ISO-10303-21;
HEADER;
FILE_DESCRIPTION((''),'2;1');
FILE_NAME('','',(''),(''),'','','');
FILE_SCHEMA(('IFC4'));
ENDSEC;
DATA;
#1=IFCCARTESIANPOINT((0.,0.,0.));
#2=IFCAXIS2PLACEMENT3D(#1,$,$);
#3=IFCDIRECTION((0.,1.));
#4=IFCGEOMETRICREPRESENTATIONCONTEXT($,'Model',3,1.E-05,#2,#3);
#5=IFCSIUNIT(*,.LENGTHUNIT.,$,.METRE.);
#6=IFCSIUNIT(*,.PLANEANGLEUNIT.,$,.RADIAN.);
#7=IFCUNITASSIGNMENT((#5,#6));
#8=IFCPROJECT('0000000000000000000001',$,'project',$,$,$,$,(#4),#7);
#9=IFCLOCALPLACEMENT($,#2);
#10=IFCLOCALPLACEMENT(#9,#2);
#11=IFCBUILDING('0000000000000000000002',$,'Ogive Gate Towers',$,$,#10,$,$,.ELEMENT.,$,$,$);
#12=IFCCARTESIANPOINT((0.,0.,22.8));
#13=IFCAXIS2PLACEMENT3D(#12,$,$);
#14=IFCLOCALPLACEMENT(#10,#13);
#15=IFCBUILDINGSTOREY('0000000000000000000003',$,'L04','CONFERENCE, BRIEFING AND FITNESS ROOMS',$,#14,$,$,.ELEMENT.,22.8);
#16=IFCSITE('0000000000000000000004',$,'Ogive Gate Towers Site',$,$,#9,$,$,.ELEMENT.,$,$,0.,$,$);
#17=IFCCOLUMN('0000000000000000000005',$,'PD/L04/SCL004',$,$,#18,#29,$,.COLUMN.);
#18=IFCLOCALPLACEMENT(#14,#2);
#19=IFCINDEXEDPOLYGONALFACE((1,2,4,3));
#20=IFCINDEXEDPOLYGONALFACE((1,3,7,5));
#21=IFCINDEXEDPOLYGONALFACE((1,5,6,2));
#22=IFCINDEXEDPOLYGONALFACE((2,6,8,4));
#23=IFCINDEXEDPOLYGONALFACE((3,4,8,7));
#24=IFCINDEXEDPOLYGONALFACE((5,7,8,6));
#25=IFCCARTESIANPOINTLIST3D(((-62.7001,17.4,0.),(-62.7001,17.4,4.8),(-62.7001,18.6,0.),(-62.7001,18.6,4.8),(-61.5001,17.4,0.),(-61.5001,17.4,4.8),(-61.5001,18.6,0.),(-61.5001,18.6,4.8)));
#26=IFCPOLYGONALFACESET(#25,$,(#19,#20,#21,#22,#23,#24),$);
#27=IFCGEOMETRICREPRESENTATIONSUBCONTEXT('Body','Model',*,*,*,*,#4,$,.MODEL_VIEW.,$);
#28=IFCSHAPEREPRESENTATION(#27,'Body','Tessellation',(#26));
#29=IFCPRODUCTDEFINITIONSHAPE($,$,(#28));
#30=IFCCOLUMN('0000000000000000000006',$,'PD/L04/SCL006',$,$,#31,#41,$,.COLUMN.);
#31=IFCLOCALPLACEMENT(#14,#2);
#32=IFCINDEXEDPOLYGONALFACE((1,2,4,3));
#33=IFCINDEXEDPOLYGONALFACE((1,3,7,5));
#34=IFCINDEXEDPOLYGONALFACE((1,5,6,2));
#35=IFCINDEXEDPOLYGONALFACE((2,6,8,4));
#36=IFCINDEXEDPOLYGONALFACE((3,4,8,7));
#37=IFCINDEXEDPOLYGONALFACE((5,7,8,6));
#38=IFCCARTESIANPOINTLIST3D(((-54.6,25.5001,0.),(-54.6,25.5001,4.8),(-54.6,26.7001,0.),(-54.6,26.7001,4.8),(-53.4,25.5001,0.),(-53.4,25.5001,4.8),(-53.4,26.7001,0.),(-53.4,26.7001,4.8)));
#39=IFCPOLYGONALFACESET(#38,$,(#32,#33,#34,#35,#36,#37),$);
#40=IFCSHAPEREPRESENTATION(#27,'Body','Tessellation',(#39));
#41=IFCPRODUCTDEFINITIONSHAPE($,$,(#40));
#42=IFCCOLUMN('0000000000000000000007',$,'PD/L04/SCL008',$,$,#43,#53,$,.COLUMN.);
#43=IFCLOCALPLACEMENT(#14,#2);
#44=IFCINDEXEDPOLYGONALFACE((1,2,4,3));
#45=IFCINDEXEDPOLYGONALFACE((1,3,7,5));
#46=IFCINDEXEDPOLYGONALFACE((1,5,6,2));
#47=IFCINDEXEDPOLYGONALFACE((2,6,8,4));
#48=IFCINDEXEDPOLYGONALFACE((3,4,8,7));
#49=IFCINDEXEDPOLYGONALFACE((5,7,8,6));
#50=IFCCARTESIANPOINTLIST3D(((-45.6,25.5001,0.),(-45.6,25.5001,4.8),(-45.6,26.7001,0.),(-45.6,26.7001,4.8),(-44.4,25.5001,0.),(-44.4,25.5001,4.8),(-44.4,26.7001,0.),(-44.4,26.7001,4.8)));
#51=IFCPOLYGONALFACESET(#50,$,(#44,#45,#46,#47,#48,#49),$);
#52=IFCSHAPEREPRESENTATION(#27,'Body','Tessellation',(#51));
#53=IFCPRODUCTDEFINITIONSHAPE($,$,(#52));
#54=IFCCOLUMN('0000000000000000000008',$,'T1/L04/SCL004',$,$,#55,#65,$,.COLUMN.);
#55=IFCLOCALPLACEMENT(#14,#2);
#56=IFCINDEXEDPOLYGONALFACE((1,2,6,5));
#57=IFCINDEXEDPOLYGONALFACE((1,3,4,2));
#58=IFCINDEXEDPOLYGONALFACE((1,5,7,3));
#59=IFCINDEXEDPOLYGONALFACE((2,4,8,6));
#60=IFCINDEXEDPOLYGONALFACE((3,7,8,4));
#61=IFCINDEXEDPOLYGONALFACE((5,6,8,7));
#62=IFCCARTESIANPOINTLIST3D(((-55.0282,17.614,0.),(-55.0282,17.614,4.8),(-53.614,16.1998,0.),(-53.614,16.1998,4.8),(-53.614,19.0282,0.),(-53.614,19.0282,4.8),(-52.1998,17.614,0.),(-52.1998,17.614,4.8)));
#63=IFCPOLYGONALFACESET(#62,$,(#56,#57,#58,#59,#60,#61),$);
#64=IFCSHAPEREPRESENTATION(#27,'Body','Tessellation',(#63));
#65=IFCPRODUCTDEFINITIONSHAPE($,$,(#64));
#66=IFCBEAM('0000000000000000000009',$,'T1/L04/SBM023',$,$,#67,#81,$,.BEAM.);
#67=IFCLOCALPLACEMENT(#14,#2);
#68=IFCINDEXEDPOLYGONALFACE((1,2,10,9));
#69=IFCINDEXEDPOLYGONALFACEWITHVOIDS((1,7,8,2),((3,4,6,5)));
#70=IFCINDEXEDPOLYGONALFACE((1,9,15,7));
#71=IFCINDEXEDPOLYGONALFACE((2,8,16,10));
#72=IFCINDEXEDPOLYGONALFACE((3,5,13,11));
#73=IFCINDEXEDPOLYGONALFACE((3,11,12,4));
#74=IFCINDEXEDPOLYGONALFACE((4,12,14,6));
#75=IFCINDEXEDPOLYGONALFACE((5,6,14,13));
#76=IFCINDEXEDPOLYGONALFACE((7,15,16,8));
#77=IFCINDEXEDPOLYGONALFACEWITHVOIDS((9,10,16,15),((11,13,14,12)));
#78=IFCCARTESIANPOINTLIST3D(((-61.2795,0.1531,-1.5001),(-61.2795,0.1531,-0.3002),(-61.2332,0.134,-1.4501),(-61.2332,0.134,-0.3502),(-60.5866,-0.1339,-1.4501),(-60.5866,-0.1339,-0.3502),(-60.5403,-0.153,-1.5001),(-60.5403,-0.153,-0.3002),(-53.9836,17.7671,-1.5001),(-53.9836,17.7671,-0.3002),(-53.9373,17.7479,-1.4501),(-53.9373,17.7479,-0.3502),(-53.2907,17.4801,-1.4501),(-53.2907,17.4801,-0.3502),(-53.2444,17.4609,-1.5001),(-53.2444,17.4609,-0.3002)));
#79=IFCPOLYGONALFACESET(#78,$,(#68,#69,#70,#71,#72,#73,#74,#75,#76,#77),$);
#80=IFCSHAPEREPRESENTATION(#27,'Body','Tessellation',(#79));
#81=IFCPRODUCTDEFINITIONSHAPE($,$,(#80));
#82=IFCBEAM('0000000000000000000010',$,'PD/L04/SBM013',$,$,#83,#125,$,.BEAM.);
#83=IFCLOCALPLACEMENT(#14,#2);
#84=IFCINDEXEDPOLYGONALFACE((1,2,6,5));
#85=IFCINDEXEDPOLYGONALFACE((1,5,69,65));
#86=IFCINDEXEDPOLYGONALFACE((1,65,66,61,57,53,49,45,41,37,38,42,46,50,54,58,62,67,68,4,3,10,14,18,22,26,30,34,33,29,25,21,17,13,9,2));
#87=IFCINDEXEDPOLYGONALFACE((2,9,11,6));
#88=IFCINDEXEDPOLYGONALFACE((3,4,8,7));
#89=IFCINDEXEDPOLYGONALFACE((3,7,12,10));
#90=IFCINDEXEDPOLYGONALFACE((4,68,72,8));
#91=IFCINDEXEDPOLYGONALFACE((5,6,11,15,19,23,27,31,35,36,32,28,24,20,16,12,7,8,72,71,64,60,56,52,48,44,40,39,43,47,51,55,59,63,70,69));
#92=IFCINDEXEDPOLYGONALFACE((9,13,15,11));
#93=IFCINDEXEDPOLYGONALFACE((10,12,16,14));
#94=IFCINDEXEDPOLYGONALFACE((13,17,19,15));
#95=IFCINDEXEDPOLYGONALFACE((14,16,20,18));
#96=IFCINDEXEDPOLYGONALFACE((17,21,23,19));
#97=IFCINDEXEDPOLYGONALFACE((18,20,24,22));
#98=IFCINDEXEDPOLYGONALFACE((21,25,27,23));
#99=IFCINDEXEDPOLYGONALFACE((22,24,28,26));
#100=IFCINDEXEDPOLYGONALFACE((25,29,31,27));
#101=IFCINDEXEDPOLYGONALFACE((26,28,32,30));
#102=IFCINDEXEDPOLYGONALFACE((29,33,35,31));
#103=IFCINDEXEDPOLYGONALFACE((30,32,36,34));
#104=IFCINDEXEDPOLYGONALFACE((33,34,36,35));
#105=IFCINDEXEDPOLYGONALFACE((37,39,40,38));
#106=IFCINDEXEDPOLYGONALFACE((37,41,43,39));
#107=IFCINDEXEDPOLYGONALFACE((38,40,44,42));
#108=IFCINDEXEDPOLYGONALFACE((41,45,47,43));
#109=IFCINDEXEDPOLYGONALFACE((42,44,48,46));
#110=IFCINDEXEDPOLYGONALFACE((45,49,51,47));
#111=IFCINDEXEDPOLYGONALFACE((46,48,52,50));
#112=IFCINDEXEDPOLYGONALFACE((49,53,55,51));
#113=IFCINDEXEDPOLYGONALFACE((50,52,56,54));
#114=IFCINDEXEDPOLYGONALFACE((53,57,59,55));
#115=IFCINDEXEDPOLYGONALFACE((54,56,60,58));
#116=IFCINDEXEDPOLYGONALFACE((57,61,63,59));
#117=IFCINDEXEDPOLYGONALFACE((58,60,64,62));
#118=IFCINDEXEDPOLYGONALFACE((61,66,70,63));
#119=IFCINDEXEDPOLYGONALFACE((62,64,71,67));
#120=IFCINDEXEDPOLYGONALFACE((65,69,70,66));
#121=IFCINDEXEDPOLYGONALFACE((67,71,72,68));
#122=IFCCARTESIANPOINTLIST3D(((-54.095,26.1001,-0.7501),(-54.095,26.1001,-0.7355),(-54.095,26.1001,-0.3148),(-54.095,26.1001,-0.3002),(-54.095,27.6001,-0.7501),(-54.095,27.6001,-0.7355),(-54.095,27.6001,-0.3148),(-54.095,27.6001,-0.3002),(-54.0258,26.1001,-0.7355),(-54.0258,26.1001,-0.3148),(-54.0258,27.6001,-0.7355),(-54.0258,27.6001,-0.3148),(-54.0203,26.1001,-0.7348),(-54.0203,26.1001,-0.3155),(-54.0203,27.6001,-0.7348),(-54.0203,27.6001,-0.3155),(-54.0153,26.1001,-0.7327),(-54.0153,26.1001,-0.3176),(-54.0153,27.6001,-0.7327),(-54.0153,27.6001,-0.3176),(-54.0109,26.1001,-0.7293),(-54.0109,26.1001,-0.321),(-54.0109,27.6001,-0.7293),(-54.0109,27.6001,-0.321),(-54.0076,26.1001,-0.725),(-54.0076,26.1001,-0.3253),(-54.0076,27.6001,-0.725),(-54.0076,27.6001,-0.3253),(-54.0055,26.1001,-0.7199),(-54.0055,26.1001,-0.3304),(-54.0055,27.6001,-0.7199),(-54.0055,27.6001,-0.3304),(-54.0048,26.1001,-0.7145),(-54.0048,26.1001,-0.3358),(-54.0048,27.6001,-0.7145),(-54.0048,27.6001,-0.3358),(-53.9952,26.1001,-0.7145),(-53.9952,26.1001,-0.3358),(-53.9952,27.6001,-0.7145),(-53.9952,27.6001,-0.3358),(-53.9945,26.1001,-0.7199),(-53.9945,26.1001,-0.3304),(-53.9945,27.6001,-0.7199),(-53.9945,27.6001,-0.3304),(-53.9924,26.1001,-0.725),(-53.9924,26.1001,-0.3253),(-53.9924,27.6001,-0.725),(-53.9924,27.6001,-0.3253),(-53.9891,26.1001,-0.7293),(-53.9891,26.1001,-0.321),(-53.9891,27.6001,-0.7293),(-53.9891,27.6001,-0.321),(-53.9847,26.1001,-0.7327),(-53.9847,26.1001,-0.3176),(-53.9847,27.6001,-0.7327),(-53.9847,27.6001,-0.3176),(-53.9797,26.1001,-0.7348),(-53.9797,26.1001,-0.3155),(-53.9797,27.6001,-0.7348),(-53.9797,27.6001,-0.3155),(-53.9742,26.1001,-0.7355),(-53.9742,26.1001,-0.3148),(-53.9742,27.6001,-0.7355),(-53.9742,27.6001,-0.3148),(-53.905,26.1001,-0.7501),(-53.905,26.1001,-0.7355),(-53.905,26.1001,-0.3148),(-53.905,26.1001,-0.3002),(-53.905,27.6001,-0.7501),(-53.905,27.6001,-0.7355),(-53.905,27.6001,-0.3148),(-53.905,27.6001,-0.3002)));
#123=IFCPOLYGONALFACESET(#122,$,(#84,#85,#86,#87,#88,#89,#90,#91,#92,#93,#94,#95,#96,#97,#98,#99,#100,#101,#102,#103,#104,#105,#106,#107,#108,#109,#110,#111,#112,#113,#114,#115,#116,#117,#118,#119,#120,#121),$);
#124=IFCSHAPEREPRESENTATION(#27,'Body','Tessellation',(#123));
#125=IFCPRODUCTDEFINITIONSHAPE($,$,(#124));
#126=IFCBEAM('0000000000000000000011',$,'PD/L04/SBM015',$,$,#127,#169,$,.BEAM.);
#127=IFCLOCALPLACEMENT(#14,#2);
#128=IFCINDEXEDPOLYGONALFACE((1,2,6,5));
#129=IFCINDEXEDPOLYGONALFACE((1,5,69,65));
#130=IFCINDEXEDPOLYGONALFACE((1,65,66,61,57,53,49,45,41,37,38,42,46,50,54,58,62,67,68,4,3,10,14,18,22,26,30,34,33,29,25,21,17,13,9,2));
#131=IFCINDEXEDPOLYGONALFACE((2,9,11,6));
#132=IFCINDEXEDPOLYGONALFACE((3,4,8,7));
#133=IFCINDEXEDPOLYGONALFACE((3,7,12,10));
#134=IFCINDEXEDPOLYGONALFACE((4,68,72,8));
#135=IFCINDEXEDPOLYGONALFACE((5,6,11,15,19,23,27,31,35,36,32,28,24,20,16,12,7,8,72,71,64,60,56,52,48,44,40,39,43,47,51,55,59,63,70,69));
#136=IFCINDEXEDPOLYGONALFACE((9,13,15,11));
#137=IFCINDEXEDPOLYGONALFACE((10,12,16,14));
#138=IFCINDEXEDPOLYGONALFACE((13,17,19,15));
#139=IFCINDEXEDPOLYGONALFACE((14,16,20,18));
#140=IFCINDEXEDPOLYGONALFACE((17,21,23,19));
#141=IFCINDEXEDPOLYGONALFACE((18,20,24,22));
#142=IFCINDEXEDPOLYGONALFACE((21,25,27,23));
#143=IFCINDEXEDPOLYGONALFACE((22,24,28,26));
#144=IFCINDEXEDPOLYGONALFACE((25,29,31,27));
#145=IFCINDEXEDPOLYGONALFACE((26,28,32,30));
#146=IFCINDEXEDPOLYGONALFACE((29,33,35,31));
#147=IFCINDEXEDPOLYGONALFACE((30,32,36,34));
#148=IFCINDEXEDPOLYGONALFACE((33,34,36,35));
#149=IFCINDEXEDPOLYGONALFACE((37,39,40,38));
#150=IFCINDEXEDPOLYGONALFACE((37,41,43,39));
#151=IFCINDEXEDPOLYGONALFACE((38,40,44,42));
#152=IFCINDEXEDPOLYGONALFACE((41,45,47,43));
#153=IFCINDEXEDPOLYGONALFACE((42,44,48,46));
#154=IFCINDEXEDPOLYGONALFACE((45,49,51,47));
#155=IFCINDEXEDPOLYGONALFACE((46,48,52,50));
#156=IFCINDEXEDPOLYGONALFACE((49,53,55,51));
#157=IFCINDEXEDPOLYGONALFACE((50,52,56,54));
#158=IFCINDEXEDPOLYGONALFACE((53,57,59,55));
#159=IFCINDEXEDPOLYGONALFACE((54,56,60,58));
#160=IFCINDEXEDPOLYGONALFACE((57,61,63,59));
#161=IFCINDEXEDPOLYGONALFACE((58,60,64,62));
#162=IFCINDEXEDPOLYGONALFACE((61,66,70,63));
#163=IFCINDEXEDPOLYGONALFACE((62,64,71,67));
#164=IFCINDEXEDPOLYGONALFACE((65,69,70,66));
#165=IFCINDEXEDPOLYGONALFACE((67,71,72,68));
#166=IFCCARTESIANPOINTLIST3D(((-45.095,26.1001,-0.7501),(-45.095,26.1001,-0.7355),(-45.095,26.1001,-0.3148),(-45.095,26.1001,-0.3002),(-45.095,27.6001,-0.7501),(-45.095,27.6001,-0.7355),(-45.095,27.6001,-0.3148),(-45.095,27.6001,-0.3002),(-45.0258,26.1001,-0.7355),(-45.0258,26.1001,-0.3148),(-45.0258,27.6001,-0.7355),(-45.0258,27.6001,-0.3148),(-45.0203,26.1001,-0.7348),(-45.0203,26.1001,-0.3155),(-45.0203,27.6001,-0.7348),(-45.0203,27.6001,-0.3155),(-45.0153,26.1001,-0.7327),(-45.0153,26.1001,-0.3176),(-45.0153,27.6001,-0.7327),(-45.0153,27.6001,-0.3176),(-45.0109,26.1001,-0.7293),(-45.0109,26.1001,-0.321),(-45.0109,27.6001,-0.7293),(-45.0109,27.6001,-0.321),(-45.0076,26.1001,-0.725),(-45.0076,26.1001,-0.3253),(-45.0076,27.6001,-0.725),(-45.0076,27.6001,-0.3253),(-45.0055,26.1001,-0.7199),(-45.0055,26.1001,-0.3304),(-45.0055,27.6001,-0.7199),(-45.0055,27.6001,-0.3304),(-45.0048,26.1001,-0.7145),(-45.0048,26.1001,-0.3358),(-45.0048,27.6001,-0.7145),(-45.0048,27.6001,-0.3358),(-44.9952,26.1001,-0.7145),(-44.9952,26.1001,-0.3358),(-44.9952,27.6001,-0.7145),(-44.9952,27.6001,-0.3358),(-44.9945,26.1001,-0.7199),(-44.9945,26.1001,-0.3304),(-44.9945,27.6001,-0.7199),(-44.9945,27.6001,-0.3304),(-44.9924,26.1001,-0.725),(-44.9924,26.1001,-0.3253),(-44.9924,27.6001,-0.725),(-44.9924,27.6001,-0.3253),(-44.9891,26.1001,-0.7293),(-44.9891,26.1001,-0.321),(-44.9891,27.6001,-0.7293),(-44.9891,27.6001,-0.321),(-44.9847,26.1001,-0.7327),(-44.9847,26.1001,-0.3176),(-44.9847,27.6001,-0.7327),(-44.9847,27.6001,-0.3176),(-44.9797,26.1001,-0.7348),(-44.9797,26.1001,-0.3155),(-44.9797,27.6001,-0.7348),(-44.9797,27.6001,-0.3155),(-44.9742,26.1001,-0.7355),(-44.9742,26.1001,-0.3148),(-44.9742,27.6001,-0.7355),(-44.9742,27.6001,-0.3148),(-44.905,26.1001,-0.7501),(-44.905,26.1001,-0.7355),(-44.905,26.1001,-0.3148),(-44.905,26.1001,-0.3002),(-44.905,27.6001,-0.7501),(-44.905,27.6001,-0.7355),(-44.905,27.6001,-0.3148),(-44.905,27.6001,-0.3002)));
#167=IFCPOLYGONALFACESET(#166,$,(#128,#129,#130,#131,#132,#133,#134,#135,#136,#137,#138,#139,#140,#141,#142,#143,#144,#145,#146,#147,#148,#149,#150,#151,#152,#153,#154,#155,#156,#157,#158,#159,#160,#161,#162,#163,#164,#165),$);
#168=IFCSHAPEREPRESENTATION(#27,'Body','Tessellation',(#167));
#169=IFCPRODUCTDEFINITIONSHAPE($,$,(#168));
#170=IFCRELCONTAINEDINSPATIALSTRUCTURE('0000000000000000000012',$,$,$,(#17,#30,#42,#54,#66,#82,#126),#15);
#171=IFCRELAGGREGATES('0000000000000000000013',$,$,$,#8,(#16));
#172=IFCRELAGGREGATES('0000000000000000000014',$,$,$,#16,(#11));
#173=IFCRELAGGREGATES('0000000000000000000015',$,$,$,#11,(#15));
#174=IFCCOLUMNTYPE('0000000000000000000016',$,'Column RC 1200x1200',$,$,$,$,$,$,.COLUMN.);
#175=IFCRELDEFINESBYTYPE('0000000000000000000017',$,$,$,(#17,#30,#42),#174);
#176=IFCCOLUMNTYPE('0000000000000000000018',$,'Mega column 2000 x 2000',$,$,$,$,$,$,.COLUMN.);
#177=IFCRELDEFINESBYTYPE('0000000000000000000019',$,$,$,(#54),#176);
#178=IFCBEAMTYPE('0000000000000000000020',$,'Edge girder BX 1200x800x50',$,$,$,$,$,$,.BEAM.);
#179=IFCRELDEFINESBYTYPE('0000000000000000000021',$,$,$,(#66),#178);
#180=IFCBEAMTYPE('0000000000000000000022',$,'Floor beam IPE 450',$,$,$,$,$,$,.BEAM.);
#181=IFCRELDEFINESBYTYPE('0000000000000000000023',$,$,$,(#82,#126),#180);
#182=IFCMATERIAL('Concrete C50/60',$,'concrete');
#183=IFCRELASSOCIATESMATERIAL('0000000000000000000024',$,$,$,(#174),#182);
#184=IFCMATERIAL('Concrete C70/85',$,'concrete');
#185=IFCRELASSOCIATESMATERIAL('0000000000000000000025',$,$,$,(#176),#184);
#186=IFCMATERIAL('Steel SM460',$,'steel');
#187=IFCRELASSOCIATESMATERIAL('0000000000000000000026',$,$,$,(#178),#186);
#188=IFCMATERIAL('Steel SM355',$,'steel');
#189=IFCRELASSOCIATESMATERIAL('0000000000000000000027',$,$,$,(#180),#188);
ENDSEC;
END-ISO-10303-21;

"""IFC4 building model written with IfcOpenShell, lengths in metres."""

from ifc_helpers import new_model, si_unit, direction, frame, origin, origin_2d, place, context, subcontext, project, spatial, rectangle, hollow_rectangle, i_section, extrude, material, material_profile, profile_set, type_object, element, save


model = new_model("IFC4")

# Units and contexts
model_context = context("Model", 3, precision=1e-05, world=origin(), true_north=direction((0.0, 1.0)))
body_context = subcontext(model_context, "Body", "Model", "MODEL_VIEW")
ifc_project = project(units=[si_unit("LENGTHUNIT", "METRE"), si_unit("PLANEANGLEUNIT", "RADIAN")], contexts=[model_context])

# Site, building, storey
site_placement = place(None, origin())
site = spatial("IfcSite", under=ifc_project, at=site_placement, Name="Ogive Gate Towers Site", CompositionType="ELEMENT", RefElevation=0.0)
building_placement = place(site_placement, origin())
building = spatial("IfcBuilding", under=site, at=building_placement, Name="Ogive Gate Towers", CompositionType="ELEMENT")
storey_placement = place(building_placement, frame((0.0, 0.0, 22.8)))
storey = spatial("IfcBuildingStorey", under=building, at=storey_placement, Name="L04", Description="CONFERENCE, BRIEFING AND FITNESS ROOMS", CompositionType="ELEMENT", Elevation=22.8)

# Columns
ifc_material_1 = material(Name="Concrete C50/60", Category="concrete")
ifc_material_profile_1 = material_profile(ifc_material_1, rectangle(XDim=1.2, YDim=1.2, at=origin_2d()), Name="RC 1200x1200")
ifc_profile_set_1 = profile_set([ifc_material_profile_1], Name="Concrete C50/60")
column_type_1 = type_object("IfcColumnType", Name="Column RC 1200x1200", PredefinedType="COLUMN", material=ifc_profile_set_1)
for number, where, z_axis, x_axis, name in (
    (1, (-62.1001, 18.0, 0.0), (0.0, 0.0, 1.0), (1.0, 0.0, 0.0), "PD/L04/SCL004"),
    (2, (-54.0, 26.1001, 0.0), (0.0, 0.0, 1.0), (1.0, 0.0, 0.0), "PD/L04/SCL006"),
    (3, (-45.0, 26.1001, 0.0), (0.0, 0.0, 1.0), (1.0, 0.0, 0.0), "PD/L04/SCL008"),
):
    element("IfcColumn", number, at=place(storey_placement, frame(where, z_axis=z_axis, x_axis=x_axis)), inside=storey, type_object=column_type_1, Name=name, PredefinedType="COLUMN", context=body_context, shape_type="SweptSolid", body=[
        extrude(rectangle(XDim=1.2, YDim=1.2, at=origin_2d()), origin(), (0.0, 0.0, 1.0), 4.8),
    ])
ifc_material_2 = material(Name="Concrete C70/85", Category="concrete")
ifc_material_profile_2 = material_profile(ifc_material_2, rectangle(XDim=2.0, YDim=2.0, at=origin_2d()), Name="RC 2000x2000")
ifc_profile_set_2 = profile_set([ifc_material_profile_2], Name="Concrete C70/85")
column_type_2 = type_object("IfcColumnType", Name="Mega column 2000 x 2000", PredefinedType="COLUMN", material=ifc_profile_set_2)
column_placement = place(storey_placement, frame((-53.614, 17.614, 0.0), z_axis=(0.0, 0.0, 1.0), x_axis=(-0.707107, 0.707107, 0.0)))
element("IfcColumn", 4, at=column_placement, inside=storey, type_object=column_type_2, Name="T1/L04/SCL004", PredefinedType="COLUMN", context=body_context, shape_type="SweptSolid", body=[
    extrude(rectangle(XDim=2.0, YDim=2.0, at=origin_2d()), origin(), (0.0, 0.0, 1.0), 4.8),
])

# Beams
ifc_material_3 = material(Name="Steel SM460", Category="steel")
ifc_material_profile_3 = material_profile(ifc_material_3, hollow_rectangle(XDim=0.8, YDim=1.2, WallThickness=0.05, at=origin_2d()), Name="BX 1200x800x50")
ifc_profile_set_3 = profile_set([ifc_material_profile_3], Name="Steel SM460")
beam_type_1 = type_object("IfcBeamType", Name="Edge girder BX 1200x800x50", PredefinedType="BEAM", material=ifc_profile_set_3)
beam_1_placement = place(storey_placement, frame((-53.614, 17.614, -0.9001), z_axis=(-0.382681, -0.923881, 0.0), x_axis=(0.923881, -0.382681, 0.0)))
element("IfcBeam", 5, at=beam_1_placement, inside=storey, type_object=beam_type_1, Name="T1/L04/SBM023", PredefinedType="BEAM", context=body_context, shape_type="SweptSolid", body=[
    extrude(hollow_rectangle(XDim=0.8, YDim=1.2, WallThickness=0.05, at=origin_2d()), origin(), (0.0, 0.0, 1.0), 19.0652),
])
ifc_material_4 = material(Name="Steel SM355", Category="steel")
ifc_material_profile_4 = material_profile(ifc_material_4, i_section(OverallWidth=0.1899, OverallDepth=0.45, WebThickness=0.0095, FlangeThickness=0.0146, FilletRadius=0.021, at=origin_2d()), Name="IPE 450")
ifc_profile_set_4 = profile_set([ifc_material_profile_4], Name="Steel SM355")
beam_type_2 = type_object("IfcBeamType", Name="Floor beam IPE 450", PredefinedType="BEAM", material=ifc_profile_set_4)
for number, where, z_axis, x_axis, name in (
    (6, (-54.0, 26.1001, -0.5251), (0.0, 1.0, 0.0), (-1.0, 0.0, 0.0), "PD/L04/SBM013"),
    (7, (-45.0, 26.1001, -0.5251), (0.0, 1.0, 0.0), (-1.0, 0.0, 0.0), "PD/L04/SBM015"),
):
    element("IfcBeam", number, at=place(storey_placement, frame(where, z_axis=z_axis, x_axis=x_axis)), inside=storey, type_object=beam_type_2, Name=name, PredefinedType="BEAM", context=body_context, shape_type="SweptSolid", body=[
        extrude(i_section(OverallWidth=0.1899, OverallDepth=0.45, WebThickness=0.0095, FlangeThickness=0.0146, FilletRadius=0.021, at=origin_2d()), origin(), (0.0, 0.0, 1.0), 1.5),
    ])

save(model, "model.ifc")
